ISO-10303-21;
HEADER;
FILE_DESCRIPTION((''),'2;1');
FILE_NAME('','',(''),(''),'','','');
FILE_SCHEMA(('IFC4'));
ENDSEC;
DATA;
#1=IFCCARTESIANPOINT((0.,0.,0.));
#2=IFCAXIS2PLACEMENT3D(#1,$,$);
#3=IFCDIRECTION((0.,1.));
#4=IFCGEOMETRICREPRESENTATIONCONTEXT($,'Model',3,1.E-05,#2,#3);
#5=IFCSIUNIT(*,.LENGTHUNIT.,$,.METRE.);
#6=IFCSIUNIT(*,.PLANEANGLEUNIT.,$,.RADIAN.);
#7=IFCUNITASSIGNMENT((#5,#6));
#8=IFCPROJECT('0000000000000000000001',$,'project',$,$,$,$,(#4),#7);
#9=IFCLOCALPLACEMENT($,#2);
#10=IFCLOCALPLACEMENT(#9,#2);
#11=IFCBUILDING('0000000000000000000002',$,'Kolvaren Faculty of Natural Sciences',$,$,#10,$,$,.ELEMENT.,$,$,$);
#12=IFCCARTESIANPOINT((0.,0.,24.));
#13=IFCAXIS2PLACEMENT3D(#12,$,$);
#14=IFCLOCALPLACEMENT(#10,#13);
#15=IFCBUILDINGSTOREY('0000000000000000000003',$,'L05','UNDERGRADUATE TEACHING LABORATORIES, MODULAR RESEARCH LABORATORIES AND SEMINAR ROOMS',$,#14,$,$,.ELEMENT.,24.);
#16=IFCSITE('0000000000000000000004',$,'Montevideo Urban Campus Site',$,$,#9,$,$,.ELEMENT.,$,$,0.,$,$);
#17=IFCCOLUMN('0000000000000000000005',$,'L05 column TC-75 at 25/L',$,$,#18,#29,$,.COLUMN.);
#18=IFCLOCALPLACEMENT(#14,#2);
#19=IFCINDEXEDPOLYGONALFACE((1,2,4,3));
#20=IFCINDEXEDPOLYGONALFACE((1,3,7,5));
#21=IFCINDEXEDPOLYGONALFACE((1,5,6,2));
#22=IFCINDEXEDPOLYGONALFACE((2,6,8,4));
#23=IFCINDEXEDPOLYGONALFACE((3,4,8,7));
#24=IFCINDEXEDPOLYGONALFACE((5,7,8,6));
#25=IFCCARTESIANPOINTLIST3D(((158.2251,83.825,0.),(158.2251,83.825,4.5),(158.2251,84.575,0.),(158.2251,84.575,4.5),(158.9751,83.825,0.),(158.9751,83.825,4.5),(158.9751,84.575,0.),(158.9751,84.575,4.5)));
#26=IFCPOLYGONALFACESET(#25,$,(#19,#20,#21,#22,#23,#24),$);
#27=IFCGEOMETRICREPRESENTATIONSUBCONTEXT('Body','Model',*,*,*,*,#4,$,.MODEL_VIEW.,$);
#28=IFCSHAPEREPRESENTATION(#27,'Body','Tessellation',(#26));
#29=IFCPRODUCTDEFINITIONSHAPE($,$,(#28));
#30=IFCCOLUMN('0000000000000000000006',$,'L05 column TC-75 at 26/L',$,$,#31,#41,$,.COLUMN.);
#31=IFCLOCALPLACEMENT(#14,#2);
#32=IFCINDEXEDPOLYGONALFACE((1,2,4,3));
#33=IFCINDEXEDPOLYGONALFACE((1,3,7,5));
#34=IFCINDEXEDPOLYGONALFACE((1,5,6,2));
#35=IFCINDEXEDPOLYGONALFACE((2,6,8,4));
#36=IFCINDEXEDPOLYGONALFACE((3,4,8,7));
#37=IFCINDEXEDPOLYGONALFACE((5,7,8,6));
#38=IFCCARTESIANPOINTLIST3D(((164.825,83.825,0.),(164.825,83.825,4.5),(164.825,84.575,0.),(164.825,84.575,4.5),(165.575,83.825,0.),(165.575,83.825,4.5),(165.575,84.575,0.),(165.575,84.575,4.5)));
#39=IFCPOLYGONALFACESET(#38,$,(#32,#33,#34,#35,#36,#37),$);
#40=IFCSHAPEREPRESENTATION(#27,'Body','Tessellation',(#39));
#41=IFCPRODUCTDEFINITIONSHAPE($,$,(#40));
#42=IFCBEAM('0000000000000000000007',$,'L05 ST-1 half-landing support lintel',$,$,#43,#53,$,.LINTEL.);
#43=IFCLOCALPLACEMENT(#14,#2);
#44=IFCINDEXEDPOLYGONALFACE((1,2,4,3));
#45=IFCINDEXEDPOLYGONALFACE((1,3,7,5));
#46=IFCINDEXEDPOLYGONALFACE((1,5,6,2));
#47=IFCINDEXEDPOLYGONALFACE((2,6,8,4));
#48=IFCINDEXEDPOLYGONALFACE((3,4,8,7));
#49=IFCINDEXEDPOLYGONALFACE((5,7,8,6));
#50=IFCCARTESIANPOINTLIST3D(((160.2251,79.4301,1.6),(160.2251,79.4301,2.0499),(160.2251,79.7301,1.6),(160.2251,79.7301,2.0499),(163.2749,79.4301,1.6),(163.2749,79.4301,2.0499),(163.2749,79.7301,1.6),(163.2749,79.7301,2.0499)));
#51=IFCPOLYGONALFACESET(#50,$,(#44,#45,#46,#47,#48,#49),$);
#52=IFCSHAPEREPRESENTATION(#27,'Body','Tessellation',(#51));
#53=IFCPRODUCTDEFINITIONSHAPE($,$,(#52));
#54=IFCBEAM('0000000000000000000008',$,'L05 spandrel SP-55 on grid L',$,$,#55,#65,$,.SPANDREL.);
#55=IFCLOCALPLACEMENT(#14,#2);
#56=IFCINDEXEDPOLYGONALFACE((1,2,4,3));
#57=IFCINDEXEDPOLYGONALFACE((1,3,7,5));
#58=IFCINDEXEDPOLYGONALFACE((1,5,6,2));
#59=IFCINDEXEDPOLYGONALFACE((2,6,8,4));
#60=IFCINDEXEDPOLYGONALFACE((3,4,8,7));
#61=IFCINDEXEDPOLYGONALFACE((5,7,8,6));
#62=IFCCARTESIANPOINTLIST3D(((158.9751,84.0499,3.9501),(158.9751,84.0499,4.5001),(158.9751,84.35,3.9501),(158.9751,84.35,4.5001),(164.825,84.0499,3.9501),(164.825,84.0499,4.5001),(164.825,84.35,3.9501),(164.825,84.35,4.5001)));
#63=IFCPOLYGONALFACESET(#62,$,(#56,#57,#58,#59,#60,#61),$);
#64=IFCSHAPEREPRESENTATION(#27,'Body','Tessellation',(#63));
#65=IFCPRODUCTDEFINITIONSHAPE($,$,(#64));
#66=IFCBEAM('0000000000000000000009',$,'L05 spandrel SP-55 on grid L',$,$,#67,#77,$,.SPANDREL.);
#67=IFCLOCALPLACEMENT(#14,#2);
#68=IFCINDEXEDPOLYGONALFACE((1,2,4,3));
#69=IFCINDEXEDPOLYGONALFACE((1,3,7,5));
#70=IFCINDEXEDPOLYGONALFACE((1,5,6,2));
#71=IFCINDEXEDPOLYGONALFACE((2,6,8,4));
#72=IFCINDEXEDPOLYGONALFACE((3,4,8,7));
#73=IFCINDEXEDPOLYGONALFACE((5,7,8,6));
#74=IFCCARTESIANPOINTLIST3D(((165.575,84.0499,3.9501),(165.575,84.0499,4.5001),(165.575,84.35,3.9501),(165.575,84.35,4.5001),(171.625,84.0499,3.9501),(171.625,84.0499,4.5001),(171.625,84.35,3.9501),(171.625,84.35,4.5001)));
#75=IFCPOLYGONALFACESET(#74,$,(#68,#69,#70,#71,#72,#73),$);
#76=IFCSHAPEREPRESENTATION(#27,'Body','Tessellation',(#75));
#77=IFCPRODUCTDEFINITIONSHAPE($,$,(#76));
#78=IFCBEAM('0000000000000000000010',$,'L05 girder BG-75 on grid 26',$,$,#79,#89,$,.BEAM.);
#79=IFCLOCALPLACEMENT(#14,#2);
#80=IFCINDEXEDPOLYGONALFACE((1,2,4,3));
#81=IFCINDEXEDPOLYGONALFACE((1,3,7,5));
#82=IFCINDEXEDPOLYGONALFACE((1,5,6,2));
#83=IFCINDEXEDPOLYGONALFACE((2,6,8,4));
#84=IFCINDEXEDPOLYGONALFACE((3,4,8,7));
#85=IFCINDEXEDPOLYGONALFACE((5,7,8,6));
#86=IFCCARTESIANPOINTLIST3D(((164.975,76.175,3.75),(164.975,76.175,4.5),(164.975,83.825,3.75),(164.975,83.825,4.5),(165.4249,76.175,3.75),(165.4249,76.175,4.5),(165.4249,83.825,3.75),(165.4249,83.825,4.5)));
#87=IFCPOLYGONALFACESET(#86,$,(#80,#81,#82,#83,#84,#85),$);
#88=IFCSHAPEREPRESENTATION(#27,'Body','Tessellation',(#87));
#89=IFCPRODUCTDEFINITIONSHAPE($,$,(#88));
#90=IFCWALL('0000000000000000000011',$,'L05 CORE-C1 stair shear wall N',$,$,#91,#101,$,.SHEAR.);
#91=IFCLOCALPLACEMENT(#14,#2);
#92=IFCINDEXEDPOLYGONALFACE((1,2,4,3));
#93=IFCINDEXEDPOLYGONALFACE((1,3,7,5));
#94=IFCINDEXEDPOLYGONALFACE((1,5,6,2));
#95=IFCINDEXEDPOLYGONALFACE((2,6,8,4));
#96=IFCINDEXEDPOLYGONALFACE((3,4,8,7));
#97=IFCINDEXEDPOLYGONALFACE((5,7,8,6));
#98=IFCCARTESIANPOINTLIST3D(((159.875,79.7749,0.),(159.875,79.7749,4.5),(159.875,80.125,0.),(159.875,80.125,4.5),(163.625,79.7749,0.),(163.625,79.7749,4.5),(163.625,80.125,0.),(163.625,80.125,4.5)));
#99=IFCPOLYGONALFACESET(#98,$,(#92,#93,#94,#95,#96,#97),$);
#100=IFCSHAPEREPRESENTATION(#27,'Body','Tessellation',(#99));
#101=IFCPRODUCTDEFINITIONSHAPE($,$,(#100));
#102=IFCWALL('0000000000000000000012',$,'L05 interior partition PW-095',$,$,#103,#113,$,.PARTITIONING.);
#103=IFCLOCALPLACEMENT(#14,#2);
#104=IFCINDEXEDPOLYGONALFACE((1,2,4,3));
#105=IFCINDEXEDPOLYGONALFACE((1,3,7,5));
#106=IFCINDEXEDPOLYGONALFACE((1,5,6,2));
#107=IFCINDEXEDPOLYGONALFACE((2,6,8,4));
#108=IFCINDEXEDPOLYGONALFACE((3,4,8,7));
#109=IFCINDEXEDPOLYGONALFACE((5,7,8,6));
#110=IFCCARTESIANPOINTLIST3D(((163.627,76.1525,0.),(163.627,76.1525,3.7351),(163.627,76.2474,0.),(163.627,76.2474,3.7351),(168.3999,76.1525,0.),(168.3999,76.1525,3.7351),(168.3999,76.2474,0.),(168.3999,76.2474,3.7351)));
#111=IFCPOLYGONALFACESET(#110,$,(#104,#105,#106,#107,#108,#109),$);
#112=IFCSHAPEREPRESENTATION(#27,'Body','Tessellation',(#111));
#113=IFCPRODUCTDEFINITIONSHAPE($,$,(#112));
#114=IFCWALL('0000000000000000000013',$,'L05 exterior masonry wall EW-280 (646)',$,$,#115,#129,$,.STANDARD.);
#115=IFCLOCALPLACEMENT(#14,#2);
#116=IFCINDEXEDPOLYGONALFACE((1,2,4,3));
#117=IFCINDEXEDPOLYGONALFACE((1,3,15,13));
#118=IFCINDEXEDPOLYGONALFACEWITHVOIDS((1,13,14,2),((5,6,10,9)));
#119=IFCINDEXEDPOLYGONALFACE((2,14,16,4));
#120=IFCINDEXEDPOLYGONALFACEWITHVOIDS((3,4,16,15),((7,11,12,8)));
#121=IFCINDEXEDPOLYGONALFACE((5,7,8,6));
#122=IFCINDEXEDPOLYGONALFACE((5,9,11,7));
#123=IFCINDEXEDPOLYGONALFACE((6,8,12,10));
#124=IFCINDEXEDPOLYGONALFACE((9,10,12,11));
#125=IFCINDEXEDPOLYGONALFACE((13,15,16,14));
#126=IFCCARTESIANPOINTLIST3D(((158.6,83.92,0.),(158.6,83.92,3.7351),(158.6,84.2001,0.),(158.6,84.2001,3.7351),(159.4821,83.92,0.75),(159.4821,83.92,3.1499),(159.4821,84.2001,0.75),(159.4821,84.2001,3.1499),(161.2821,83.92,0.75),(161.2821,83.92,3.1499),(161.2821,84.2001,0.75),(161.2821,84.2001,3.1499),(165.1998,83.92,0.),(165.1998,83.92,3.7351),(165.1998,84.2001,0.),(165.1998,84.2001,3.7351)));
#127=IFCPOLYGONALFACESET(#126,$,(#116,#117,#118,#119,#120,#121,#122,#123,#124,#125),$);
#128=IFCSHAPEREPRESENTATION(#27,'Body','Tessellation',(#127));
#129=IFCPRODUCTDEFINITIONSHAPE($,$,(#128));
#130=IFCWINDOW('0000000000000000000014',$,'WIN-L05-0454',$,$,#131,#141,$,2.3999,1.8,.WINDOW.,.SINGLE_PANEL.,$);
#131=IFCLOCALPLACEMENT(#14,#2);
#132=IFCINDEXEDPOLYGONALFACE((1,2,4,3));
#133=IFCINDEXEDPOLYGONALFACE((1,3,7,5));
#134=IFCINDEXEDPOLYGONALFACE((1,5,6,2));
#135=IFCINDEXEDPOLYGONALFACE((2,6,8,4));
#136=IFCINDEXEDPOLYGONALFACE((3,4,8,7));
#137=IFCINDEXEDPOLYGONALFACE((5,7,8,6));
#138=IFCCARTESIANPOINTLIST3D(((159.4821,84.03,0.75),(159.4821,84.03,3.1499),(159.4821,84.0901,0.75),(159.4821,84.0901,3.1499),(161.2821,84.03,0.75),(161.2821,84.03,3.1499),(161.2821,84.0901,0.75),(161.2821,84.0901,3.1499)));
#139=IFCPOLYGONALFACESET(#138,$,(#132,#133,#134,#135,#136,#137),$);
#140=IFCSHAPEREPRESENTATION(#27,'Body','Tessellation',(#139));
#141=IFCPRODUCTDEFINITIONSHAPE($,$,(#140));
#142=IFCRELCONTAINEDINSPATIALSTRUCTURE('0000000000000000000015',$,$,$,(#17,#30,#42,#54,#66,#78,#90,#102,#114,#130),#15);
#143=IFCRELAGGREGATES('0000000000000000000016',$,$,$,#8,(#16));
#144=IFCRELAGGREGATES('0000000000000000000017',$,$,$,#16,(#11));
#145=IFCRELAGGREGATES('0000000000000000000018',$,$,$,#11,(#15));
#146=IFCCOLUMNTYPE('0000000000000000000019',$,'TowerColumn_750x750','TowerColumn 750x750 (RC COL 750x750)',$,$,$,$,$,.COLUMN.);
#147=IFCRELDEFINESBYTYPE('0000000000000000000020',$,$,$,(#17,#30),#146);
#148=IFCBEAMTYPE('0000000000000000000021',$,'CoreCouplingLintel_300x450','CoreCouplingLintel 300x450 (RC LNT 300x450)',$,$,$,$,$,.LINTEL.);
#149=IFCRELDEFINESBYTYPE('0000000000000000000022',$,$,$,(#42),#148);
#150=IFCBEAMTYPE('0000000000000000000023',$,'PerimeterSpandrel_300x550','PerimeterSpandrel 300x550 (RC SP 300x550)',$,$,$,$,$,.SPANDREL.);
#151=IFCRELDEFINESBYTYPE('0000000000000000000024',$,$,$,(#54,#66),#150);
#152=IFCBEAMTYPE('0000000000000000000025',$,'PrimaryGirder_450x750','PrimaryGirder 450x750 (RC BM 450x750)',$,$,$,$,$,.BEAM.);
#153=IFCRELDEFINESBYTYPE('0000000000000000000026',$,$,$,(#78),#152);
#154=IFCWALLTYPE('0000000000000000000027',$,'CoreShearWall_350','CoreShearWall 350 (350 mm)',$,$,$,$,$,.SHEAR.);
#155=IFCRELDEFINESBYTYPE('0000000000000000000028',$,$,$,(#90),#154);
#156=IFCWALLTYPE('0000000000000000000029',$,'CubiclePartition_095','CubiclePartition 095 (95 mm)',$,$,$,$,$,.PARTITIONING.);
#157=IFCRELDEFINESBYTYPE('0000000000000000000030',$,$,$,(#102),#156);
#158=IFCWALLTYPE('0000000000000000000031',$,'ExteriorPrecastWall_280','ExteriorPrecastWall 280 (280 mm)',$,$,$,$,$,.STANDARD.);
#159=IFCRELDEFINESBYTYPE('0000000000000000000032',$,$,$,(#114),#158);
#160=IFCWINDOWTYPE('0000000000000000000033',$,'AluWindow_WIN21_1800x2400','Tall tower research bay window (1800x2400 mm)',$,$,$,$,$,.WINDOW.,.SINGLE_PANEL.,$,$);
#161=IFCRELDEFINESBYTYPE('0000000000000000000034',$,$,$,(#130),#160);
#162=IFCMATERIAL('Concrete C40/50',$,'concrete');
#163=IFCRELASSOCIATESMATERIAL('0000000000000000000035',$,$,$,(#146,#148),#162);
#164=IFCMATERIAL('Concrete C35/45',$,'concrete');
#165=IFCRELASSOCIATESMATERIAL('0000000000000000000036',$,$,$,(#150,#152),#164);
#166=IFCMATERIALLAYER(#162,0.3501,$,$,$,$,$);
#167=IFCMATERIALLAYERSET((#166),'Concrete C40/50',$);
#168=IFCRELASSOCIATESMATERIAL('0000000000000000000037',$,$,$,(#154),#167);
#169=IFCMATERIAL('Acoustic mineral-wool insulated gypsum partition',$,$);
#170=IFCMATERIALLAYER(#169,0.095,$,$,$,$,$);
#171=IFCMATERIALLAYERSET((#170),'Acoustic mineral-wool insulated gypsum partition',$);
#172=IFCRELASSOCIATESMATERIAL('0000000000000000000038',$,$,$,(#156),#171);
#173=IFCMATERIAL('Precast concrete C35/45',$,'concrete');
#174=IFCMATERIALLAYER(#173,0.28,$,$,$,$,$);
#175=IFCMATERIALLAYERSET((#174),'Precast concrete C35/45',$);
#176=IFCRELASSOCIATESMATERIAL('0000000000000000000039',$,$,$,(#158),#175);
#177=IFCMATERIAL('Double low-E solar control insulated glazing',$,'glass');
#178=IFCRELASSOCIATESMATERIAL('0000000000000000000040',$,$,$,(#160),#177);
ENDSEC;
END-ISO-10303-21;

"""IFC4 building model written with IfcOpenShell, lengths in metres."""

from ifc_helpers import new_model, si_unit, direction, frame, frame_2d, origin, origin_2d, place, context, subcontext, project, spatial, rectangle, extrude, material, layer, layer_set, material_profile, profile_set, type_object, element, fill, save


model = new_model("IFC4")

# Units and contexts
model_context = context("Model", 3, precision=1e-05, world=origin(), true_north=direction((0.0, 1.0)))
body_context = subcontext(model_context, "Body", "Model", "MODEL_VIEW")
ifc_project = project(units=[si_unit("LENGTHUNIT", "METRE"), si_unit("PLANEANGLEUNIT", "RADIAN")], contexts=[model_context])

# Site, building, storey
site_placement = place(None, origin())
site = spatial("IfcSite", under=ifc_project, at=site_placement, Name="Montevideo Urban Campus Site", CompositionType="ELEMENT", RefElevation=0.0)
building_placement = place(site_placement, origin())
building = spatial("IfcBuilding", under=site, at=building_placement, Name="Kolvaren Faculty of Natural Sciences", CompositionType="ELEMENT")
storey_placement = place(building_placement, frame((0.0, 0.0, 24.0)))
storey = spatial("IfcBuildingStorey", under=building, at=storey_placement, Name="L05", Description="UNDERGRADUATE TEACHING LABORATORIES, MODULAR RESEARCH LABORATORIES AND SEMINAR ROOMS", CompositionType="ELEMENT", Elevation=24.0)

# Columns
ifc_material_1 = material(Name="Concrete C40/50", Category="concrete")
ifc_material_profile_1 = material_profile(ifc_material_1, rectangle(XDim=0.75, YDim=0.75, at=origin_2d()), Name="RC COL 750x750")
ifc_profile_set_1 = profile_set([ifc_material_profile_1], Name="Concrete C40/50")
column_type = type_object("IfcColumnType", Name="TowerColumn_750x750", Description="TowerColumn 750x750 (RC COL 750x750)", PredefinedType="COLUMN", material=ifc_profile_set_1)
for number, where, z_axis, x_axis, name in (
    (1, (158.6001, 84.2, 0.0), (0.0, 0.0, 1.0), (1.0, 0.0, 0.0), "L05 column TC-75 at 25/L"),
    (2, (165.2, 84.2, 0.0), (0.0, 0.0, 1.0), (1.0, 0.0, 0.0), "L05 column TC-75 at 26/L"),
):
    element("IfcColumn", number, at=place(storey_placement, frame(where, z_axis=z_axis, x_axis=x_axis)), inside=storey, type_object=column_type, Name=name, PredefinedType="COLUMN", context=body_context, shape_type="SweptSolid", body=[
        extrude(rectangle(XDim=0.75, YDim=0.75, at=origin_2d()), origin(), (0.0, 0.0, 1.0), 4.5),
    ])

# Beams
ifc_material_profile_2 = material_profile(ifc_material_1, rectangle(XDim=0.3, YDim=0.45, at=origin_2d()), Name="RC LNT 300x450")
ifc_profile_set_2 = profile_set([ifc_material_profile_2], Name="Concrete C40/50")
beam_type_1 = type_object("IfcBeamType", Name="CoreCouplingLintel_300x450", Description="CoreCouplingLintel 300x450 (RC LNT 300x450)", PredefinedType="LINTEL", material=ifc_profile_set_2)
beam_1_placement = place(storey_placement, frame((160.2251, 79.5801, 1.825), z_axis=(1.0, 0.0, 0.0), x_axis=(0.0, 1.0, 0.0)))
element("IfcBeam", 3, at=beam_1_placement, inside=storey, type_object=beam_type_1, Name="L05 ST-1 half-landing support lintel", PredefinedType="LINTEL", context=body_context, shape_type="SweptSolid", body=[
    extrude(rectangle(XDim=0.3, YDim=0.45, at=origin_2d()), origin(), (0.0, 0.0, 1.0), 3.0498),
])
ifc_material_2 = material(Name="Concrete C35/45", Category="concrete")
ifc_material_profile_3 = material_profile(ifc_material_2, rectangle(XDim=0.3, YDim=0.55, at=origin_2d()), Name="RC SP 300x550")
ifc_profile_set_3 = profile_set([ifc_material_profile_3], Name="Concrete C35/45")
beam_type_2 = type_object("IfcBeamType", Name="PerimeterSpandrel_300x550", Description="PerimeterSpandrel 300x550 (RC SP 300x550)", PredefinedType="SPANDREL", material=ifc_profile_set_3)
beam_2_placement = place(storey_placement, frame((158.9751, 84.2, 4.2251), z_axis=(1.0, 0.0, 0.0), x_axis=(0.0, 1.0, 0.0)))
element("IfcBeam", 4, at=beam_2_placement, inside=storey, type_object=beam_type_2, Name="L05 spandrel SP-55 on grid L", PredefinedType="SPANDREL", context=body_context, shape_type="SweptSolid", body=[
    extrude(rectangle(XDim=0.3, YDim=0.55, at=origin_2d()), origin(), (0.0, 0.0, 1.0), 5.8499),
])
beam_3_placement = place(storey_placement, frame((165.575, 84.2, 4.2251), z_axis=(1.0, 0.0, 0.0), x_axis=(0.0, 1.0, 0.0)))
element("IfcBeam", 5, at=beam_3_placement, inside=storey, type_object=beam_type_2, Name="L05 spandrel SP-55 on grid L", PredefinedType="SPANDREL", context=body_context, shape_type="SweptSolid", body=[
    extrude(rectangle(XDim=0.3, YDim=0.55, at=origin_2d()), origin(), (0.0, 0.0, 1.0), 6.05),
])
ifc_material_profile_4 = material_profile(ifc_material_2, rectangle(XDim=0.45, YDim=0.75, at=origin_2d()), Name="RC BM 450x750")
ifc_profile_set_4 = profile_set([ifc_material_profile_4], Name="Concrete C35/45")
beam_type_3 = type_object("IfcBeamType", Name="PrimaryGirder_450x750", Description="PrimaryGirder 450x750 (RC BM 450x750)", PredefinedType="BEAM", material=ifc_profile_set_4)
beam_4_placement = place(storey_placement, frame((165.2, 76.175, 4.125), z_axis=(0.0, 1.0, 0.0), x_axis=(-1.0, 0.0, 0.0)))
element("IfcBeam", 6, at=beam_4_placement, inside=storey, type_object=beam_type_3, Name="L05 girder BG-75 on grid 26", PredefinedType="BEAM", context=body_context, shape_type="SweptSolid", body=[
    extrude(rectangle(XDim=0.45, YDim=0.75, at=origin_2d()), origin(), (0.0, 0.0, 1.0), 7.6499),
])

# Walls
ifc_layer_1 = layer(ifc_material_1, 0.3501)
ifc_layer_set_1 = layer_set([ifc_layer_1], Name="Concrete C40/50")
wall_type_1 = type_object("IfcWallType", Name="CoreShearWall_350", Description="CoreShearWall 350 (350 mm)", PredefinedType="SHEAR", material=ifc_layer_set_1)
wall_1_placement = place(storey_placement, frame((159.875, 79.95, 0.0), z_axis=(0.0, 0.0, 1.0), x_axis=(1.0, 0.0, 0.0)))
element("IfcWall", 7, at=wall_1_placement, inside=storey, type_object=wall_type_1, Name="L05 CORE-C1 stair shear wall N", PredefinedType="SHEAR", context=body_context, shape_type="SweptSolid", body=[
    extrude(rectangle(XDim=3.75, YDim=0.3501, at=frame_2d((1.875, 0.0))), origin(), (0.0, 0.0, 1.0), 4.5),
])
ifc_material_3 = material(Name="Acoustic mineral-wool insulated gypsum partition")
ifc_layer_2 = layer(ifc_material_3, 0.095)
ifc_layer_set_2 = layer_set([ifc_layer_2], Name="Acoustic mineral-wool insulated gypsum partition")
wall_type_2 = type_object("IfcWallType", Name="CubiclePartition_095", Description="CubiclePartition 095 (95 mm)", PredefinedType="PARTITIONING", material=ifc_layer_set_2)
wall_2_placement = place(storey_placement, frame((163.627, 76.2, 0.0), z_axis=(0.0, 0.0, 1.0), x_axis=(1.0, 0.0, 0.0)))
element("IfcWall", 8, at=wall_2_placement, inside=storey, type_object=wall_type_2, Name="L05 interior partition PW-095", PredefinedType="PARTITIONING", context=body_context, shape_type="SweptSolid", body=[
    extrude(rectangle(XDim=4.7729, YDim=0.095, at=frame_2d((2.3865, 0.0))), origin(), (0.0, 0.0, 1.0), 3.7351),
])

# Wall, opening, window
ifc_material_4 = material(Name="Precast concrete C35/45", Category="concrete")
ifc_layer_3 = layer(ifc_material_4, 0.28)
ifc_layer_set_3 = layer_set([ifc_layer_3], Name="Precast concrete C35/45")
wall_type_3 = type_object("IfcWallType", Name="ExteriorPrecastWall_280", Description="ExteriorPrecastWall 280 (280 mm)", PredefinedType="STANDARD", material=ifc_layer_set_3)
wall_3_placement = place(storey_placement, frame((158.6001, 84.0601, 0.0), z_axis=(0.0, 0.0, 1.0), x_axis=(1.0, 0.0, 0.0)))
wall_3 = element("IfcWall", 9, at=wall_3_placement, inside=storey, type_object=wall_type_3, Name="L05 exterior masonry wall EW-280 (646)", PredefinedType="STANDARD", context=body_context, shape_type="SweptSolid", body=[
    extrude(rectangle(XDim=6.5999, YDim=0.28, at=frame_2d((3.2998, 0.0))), origin(), (0.0, 0.0, 1.0), 3.7351),
])
opening_1_placement = place(wall_3_placement, frame((0.8821, 0.0, 0.75)))
opening_1 = element("IfcOpeningElement", 10, at=opening_1_placement, cuts=wall_3, PredefinedType="OPENING", context=body_context, shape_type="SweptSolid", body=[
    extrude(rectangle(XDim=1.8, YDim=2.3999, at=frame_2d((0.8999, 1.2))), frame((0.0, 0.1499, 0.0), z_axis=(0.0, -1.0, 0.0), x_axis=(1.0, 0.0, 0.0)), (0.0, 0.0, 1.0), 0.3),
])
ifc_material_5 = material(Name="Double low-E solar control insulated glazing", Category="glass")
window_type_1 = type_object("IfcWindowType", Name="AluWindow_WIN21_1800x2400", Description="Tall tower research bay window (1800x2400 mm)", PartitioningType="SINGLE_PANEL", PredefinedType="WINDOW", material=ifc_material_5)
window_1_placement = place(opening_1_placement, origin())
window_1 = element("IfcWindow", 11, at=window_1_placement, inside=storey, type_object=window_type_1, Name="WIN-L05-0454", OverallHeight=2.3999, OverallWidth=1.8, PartitioningType="SINGLE_PANEL", PredefinedType="WINDOW", context=body_context, shape_type="SweptSolid", body=[
    extrude(rectangle(XDim=1.8, YDim=2.3999, at=frame_2d((0.8999, 1.2))), frame((0.0, 0.03, 0.0), z_axis=(0.0, -1.0, 0.0), x_axis=(1.0, 0.0, 0.0)), (0.0, 0.0, 1.0), 0.0601),
])
fill(opening_1, window_1)

save(model, "model.ifc")
